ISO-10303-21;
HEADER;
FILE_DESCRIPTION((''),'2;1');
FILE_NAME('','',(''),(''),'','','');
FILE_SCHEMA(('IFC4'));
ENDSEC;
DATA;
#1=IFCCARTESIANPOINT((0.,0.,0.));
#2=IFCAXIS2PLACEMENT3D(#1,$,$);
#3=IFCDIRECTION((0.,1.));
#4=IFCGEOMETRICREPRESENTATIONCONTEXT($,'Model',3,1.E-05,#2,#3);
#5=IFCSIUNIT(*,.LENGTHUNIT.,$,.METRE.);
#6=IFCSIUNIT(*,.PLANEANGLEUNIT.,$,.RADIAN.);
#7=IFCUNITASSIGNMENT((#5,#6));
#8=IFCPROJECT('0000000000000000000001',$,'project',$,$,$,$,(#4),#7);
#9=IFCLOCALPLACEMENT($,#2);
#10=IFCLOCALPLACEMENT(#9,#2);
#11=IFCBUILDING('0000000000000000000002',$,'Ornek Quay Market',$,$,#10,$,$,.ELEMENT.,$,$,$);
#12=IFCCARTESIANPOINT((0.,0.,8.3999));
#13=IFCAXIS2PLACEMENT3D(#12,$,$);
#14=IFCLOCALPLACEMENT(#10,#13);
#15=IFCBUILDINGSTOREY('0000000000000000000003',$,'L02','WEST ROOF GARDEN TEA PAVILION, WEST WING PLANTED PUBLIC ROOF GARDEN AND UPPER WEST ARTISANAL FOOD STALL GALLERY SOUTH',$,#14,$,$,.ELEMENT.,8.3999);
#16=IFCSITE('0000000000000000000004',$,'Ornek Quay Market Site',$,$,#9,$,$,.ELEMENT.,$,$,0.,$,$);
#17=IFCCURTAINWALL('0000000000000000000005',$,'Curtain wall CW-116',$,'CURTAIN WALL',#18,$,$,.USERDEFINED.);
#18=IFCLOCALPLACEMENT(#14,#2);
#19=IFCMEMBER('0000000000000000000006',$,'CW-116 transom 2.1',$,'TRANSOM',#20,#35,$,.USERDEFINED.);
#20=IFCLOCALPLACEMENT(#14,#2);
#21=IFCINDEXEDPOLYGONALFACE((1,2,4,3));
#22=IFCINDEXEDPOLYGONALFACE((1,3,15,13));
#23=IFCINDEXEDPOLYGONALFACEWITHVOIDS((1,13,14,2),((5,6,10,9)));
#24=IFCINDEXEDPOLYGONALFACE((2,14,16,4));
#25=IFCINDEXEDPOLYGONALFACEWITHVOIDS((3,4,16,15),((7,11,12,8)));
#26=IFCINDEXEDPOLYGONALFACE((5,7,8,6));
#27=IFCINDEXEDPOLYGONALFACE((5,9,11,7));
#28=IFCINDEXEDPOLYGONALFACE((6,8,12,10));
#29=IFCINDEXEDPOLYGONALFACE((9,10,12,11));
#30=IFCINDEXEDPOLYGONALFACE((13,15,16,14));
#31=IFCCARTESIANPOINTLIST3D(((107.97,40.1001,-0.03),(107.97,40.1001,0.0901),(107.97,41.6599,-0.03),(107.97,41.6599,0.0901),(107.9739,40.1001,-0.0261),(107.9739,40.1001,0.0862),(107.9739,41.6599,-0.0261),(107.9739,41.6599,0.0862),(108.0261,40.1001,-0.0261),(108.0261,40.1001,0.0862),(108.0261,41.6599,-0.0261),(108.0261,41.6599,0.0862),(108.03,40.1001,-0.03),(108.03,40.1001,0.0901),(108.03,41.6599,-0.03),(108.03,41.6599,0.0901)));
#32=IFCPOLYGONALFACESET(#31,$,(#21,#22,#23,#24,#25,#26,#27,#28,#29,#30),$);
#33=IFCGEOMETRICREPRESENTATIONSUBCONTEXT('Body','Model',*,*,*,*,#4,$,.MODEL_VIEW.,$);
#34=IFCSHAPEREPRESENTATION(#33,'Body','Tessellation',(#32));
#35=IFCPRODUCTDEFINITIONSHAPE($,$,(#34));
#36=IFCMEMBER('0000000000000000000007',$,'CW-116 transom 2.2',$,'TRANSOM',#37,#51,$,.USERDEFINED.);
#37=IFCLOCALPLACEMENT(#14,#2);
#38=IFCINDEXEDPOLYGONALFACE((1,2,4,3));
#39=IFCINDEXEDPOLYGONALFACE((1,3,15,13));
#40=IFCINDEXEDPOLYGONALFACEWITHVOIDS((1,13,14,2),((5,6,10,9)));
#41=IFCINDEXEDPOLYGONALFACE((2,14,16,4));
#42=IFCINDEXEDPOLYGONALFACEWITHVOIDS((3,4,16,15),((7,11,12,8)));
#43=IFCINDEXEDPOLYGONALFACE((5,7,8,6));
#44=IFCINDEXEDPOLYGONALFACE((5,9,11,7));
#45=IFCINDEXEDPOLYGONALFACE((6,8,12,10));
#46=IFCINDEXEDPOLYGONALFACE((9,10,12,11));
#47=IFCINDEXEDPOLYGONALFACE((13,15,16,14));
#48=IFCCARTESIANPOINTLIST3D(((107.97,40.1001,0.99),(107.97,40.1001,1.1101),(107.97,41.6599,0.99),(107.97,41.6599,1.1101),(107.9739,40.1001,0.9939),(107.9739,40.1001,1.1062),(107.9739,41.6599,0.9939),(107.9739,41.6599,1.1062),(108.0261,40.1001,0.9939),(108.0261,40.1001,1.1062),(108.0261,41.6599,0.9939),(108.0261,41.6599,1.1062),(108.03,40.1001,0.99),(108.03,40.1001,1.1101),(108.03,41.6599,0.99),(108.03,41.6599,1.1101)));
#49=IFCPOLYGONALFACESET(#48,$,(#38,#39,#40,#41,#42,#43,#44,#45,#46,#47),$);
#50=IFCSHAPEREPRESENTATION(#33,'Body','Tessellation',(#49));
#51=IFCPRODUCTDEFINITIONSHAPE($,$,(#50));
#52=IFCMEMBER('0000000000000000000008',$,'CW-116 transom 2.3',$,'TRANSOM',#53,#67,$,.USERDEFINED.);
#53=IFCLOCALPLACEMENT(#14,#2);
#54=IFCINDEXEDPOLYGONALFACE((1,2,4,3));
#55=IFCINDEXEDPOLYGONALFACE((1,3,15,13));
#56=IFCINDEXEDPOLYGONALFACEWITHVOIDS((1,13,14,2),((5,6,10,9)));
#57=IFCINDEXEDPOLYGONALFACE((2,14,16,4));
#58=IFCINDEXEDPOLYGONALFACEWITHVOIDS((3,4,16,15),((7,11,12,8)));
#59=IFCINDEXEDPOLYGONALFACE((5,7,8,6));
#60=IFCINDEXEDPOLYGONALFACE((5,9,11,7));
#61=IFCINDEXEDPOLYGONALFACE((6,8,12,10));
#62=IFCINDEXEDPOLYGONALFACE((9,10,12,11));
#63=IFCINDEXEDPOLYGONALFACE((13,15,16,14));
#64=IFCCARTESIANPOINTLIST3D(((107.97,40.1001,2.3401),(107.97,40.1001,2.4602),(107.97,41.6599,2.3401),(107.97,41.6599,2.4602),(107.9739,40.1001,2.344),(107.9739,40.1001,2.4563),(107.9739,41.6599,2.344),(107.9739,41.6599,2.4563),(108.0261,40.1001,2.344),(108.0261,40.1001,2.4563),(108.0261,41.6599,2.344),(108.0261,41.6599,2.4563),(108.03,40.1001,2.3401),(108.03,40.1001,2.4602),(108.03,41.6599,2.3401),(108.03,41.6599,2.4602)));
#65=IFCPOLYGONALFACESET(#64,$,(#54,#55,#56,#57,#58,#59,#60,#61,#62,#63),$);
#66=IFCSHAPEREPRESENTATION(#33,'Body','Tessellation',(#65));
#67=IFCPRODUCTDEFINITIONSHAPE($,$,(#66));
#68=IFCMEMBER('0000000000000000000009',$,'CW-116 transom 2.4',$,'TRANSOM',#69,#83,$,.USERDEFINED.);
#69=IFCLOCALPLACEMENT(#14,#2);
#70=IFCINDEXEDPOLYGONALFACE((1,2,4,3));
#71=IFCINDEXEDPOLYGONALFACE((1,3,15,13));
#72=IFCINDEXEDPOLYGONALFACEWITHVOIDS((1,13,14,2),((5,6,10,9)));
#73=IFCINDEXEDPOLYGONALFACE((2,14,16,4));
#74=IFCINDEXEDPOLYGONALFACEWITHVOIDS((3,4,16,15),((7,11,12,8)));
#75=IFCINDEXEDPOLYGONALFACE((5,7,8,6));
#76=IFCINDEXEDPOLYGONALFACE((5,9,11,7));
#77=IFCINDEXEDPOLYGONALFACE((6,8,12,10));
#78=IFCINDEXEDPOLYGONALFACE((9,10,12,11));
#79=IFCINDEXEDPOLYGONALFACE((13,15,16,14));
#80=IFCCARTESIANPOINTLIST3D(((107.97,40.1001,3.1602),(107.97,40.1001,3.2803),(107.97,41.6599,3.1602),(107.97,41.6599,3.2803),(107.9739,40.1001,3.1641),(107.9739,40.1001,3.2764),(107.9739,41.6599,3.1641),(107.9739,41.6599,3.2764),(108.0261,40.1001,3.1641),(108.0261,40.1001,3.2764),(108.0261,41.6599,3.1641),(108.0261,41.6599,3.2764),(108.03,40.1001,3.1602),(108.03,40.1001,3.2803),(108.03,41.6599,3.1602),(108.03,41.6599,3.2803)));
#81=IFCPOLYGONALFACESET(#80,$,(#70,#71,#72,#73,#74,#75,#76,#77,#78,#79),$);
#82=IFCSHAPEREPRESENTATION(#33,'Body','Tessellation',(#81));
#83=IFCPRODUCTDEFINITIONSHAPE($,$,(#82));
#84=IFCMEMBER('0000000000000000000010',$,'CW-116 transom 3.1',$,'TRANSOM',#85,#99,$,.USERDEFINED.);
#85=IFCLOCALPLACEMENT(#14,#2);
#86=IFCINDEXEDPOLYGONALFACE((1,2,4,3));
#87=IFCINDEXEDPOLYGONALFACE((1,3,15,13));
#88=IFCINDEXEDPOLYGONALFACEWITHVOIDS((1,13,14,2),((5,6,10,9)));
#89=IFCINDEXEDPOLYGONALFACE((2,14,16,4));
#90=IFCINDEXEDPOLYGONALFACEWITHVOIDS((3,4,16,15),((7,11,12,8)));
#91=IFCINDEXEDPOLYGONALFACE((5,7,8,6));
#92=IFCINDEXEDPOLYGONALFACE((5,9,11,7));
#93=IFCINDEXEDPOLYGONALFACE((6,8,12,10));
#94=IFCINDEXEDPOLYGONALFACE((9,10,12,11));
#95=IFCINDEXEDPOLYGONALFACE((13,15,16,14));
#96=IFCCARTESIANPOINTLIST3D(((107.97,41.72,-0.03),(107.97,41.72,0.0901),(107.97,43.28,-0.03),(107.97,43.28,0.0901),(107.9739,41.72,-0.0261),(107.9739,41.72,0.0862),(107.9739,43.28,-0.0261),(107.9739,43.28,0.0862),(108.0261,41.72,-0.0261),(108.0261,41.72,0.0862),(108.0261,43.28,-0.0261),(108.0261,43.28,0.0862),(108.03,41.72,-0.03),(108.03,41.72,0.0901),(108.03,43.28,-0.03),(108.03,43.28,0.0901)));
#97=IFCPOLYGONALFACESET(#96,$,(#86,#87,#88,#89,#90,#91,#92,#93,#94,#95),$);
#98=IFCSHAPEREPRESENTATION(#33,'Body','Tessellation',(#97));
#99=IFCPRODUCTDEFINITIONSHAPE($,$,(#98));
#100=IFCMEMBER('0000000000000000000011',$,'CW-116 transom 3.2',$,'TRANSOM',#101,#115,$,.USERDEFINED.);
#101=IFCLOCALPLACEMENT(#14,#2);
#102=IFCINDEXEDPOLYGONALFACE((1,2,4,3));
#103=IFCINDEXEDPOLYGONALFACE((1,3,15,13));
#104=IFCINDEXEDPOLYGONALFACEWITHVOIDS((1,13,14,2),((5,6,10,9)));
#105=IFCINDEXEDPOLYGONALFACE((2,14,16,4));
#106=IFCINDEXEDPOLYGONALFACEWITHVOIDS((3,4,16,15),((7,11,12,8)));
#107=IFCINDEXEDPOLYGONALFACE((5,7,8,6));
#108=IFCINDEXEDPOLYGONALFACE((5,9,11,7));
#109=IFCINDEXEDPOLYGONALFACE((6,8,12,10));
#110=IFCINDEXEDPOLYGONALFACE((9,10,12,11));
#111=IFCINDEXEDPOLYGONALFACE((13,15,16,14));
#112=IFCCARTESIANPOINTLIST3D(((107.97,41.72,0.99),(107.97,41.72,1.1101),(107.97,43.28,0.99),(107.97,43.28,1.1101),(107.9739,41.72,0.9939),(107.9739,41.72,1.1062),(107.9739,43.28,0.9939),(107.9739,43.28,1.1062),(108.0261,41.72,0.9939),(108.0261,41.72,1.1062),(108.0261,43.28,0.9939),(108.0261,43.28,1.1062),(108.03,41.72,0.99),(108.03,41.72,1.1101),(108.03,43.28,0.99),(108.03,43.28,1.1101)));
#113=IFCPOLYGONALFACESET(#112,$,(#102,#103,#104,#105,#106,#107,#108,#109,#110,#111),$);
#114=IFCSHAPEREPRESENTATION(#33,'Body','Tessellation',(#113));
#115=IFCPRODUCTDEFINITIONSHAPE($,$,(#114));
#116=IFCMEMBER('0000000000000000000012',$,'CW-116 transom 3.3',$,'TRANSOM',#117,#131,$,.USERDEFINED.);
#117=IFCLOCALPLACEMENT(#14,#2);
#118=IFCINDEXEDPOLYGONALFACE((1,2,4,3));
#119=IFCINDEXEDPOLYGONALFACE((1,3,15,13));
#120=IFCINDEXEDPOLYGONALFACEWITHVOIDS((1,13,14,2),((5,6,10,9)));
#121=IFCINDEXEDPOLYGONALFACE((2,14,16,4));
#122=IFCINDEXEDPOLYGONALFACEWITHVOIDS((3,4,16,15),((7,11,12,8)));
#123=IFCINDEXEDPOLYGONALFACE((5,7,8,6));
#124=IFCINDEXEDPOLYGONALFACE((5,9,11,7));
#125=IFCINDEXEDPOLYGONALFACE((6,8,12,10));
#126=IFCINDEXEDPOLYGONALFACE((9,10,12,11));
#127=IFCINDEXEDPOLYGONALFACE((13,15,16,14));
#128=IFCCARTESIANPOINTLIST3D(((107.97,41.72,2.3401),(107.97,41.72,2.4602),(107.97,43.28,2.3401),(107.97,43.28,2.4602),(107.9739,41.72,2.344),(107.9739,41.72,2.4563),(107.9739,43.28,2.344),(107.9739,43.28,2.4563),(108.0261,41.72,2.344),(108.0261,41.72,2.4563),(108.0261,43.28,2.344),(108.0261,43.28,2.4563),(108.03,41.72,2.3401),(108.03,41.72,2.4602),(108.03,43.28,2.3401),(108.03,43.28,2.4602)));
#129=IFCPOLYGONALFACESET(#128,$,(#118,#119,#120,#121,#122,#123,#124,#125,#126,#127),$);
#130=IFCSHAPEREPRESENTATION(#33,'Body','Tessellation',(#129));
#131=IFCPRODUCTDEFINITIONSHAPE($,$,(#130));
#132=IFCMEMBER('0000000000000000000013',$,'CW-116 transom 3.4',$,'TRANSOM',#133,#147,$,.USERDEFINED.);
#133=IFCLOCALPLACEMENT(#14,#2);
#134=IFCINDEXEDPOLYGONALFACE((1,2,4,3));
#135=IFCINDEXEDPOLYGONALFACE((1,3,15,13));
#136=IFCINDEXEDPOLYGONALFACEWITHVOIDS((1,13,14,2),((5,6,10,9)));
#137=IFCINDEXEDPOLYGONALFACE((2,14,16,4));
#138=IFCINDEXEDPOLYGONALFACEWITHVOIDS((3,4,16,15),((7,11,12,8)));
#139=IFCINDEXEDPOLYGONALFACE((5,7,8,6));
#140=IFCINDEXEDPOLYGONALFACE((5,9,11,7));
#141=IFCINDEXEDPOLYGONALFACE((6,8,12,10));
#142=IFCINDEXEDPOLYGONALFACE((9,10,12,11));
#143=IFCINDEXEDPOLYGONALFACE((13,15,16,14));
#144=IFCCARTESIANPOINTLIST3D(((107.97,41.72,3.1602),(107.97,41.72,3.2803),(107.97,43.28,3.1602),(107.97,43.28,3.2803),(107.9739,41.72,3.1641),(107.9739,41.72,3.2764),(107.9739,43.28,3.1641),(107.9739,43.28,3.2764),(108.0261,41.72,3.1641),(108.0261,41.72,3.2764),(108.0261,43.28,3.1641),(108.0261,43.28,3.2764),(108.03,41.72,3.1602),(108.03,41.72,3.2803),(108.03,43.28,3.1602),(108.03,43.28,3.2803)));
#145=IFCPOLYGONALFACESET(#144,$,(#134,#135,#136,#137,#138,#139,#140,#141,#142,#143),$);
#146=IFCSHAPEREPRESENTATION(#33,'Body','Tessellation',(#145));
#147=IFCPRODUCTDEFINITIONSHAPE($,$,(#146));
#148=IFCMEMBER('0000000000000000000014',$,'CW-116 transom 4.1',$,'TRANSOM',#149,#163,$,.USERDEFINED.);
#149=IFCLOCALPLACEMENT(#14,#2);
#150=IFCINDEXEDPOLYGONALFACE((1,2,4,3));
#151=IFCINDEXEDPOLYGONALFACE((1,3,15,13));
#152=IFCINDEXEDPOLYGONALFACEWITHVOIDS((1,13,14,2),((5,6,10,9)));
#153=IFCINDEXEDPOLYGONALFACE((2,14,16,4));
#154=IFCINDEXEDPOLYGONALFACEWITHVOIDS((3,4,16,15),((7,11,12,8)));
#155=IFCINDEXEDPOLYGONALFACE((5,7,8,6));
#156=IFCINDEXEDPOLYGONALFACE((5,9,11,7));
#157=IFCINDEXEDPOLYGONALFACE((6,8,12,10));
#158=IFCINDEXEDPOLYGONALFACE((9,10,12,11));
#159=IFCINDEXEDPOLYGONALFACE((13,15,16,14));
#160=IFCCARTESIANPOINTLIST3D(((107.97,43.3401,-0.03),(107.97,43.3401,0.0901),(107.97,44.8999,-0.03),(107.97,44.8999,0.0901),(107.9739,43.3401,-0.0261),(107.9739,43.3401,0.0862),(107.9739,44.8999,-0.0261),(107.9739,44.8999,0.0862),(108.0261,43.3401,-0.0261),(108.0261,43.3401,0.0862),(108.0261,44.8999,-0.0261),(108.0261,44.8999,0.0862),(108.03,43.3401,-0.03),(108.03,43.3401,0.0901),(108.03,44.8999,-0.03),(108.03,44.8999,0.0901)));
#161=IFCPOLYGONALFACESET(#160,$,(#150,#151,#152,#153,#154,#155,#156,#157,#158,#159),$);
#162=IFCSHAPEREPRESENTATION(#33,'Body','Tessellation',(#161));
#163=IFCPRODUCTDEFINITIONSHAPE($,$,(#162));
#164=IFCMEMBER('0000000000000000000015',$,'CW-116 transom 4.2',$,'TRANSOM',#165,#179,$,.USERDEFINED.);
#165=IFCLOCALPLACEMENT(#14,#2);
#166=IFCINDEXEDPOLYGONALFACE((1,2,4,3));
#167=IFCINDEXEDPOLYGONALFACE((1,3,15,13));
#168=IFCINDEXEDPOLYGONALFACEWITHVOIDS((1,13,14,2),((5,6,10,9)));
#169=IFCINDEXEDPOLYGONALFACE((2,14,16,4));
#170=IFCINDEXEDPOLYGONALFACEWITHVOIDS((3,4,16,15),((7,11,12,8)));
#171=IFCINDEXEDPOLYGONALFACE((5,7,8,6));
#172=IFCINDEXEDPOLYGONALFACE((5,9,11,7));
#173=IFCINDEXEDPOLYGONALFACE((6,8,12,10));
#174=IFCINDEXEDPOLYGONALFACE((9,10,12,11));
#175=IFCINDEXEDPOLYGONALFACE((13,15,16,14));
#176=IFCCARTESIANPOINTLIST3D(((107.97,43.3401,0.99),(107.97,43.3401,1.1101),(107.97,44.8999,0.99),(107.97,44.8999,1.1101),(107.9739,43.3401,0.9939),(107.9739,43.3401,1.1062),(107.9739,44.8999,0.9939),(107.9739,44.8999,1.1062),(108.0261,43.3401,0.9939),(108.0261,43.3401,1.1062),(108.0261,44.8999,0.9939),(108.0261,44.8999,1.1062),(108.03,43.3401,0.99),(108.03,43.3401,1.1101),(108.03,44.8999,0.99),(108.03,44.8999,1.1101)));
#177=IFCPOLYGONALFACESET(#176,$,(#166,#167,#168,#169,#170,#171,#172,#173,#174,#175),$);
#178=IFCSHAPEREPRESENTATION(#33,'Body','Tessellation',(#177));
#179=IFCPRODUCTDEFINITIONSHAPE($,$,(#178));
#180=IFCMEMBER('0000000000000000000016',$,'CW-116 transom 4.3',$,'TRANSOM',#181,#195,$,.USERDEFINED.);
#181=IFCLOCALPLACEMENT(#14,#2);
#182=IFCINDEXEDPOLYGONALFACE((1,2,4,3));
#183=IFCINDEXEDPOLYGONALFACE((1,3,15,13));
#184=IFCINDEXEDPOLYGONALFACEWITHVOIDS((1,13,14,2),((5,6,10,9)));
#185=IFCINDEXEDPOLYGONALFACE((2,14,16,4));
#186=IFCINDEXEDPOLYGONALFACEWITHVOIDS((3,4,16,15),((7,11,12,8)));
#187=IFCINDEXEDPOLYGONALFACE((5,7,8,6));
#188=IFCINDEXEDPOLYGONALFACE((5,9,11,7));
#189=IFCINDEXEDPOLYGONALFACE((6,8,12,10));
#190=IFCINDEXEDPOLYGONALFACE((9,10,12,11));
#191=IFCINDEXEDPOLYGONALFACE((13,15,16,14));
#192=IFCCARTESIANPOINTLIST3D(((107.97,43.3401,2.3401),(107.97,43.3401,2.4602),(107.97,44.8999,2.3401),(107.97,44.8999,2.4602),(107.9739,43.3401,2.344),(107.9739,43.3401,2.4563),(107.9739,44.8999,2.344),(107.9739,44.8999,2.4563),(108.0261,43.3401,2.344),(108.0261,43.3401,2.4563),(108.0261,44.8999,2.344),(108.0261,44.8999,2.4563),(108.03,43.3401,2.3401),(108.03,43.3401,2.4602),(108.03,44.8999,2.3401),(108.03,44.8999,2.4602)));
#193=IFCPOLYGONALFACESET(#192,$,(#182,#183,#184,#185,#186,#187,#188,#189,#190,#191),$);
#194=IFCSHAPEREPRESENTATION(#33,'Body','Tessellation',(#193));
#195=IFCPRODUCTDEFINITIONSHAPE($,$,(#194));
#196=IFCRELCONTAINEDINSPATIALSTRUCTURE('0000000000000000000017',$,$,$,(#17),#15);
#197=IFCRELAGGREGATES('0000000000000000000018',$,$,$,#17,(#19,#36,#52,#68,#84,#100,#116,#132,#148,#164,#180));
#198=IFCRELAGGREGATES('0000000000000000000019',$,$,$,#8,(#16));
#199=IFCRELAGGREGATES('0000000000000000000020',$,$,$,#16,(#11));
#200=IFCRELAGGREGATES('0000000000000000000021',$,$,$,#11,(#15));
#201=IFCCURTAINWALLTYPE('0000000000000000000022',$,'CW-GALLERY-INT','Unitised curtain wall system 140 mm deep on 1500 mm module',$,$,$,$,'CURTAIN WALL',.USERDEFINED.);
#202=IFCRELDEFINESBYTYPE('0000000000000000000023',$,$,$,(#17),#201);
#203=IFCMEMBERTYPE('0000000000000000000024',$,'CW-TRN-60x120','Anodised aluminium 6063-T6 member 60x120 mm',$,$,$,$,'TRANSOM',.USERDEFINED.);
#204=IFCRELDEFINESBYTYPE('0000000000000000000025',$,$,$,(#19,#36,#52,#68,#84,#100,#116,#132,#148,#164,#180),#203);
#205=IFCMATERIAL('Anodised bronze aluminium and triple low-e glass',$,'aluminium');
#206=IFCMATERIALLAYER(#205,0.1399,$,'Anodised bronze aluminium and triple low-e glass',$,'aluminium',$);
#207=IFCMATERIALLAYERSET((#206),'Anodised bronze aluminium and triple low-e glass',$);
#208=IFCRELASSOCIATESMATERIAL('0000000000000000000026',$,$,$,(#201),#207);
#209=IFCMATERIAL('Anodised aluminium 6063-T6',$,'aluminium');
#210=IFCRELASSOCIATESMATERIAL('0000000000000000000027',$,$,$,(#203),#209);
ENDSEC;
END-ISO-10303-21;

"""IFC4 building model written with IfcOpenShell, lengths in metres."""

from ifc_helpers import new_model, si_unit, direction, frame, origin, origin_2d, place, context, subcontext, project, spatial, hollow_rectangle, extrude, material, layer, layer_set, material_profile, profile_set, type_object, element, aggregate, save


model = new_model("IFC4")

# Units and contexts
model_context = context("Model", 3, precision=1e-05, world=origin(), true_north=direction((0.0, 1.0)))
body_context = subcontext(model_context, "Body", "Model", "MODEL_VIEW")
ifc_project = project(units=[si_unit("LENGTHUNIT", "METRE"), si_unit("PLANEANGLEUNIT", "RADIAN")], contexts=[model_context])

# Site, building, storey
site_placement = place(None, origin())
site = spatial("IfcSite", under=ifc_project, at=site_placement, Name="Ornek Quay Market Site", CompositionType="ELEMENT", RefElevation=0.0)
building_placement = place(site_placement, origin())
building = spatial("IfcBuilding", under=site, at=building_placement, Name="Ornek Quay Market", CompositionType="ELEMENT")
storey_placement = place(building_placement, frame((0.0, 0.0, 8.3999)))
storey = spatial("IfcBuildingStorey", under=building, at=storey_placement, Name="L02", Description="WEST ROOF GARDEN TEA PAVILION, WEST WING PLANTED PUBLIC ROOF GARDEN AND UPPER WEST ARTISANAL FOOD STALL GALLERY SOUTH", CompositionType="ELEMENT", Elevation=8.3999)

# Shared definitions
ifc_material_1 = material(Name="Anodised bronze aluminium and triple low-e glass", Category="aluminium")
ifc_layer_1 = layer(ifc_material_1, 0.1399, Name="Anodised bronze aluminium and triple low-e glass", Category="aluminium")
ifc_layer_set_1 = layer_set([ifc_layer_1], Name="Anodised bronze aluminium and triple low-e glass")
curtain_wall_type = type_object("IfcCurtainWallType", Name="CW-GALLERY-INT", Description="Unitised curtain wall system 140 mm deep on 1500 mm module", ElementType="CURTAIN WALL", PredefinedType="USERDEFINED", material=ifc_layer_set_1)
ifc_material_2 = material(Name="Anodised aluminium 6063-T6", Category="aluminium")

# Curtain wall
curtain_wall_1_placement = place(storey_placement, origin())
curtain_wall_1 = element("IfcCurtainWall", 1, at=curtain_wall_1_placement, inside=storey, type_object=curtain_wall_type, Name="Curtain wall CW-116", ObjectType="CURTAIN WALL", PredefinedType="USERDEFINED")

# Members
ifc_material_profile_1 = material_profile(ifc_material_2, hollow_rectangle(XDim=0.0601, YDim=0.1201, WallThickness=0.0039, at=origin_2d()), Name="CW-TRN-60x120", Category="aluminium")
ifc_profile_set_1 = profile_set([ifc_material_profile_1], Name="Anodised aluminium 6063-T6")
member_type_1 = type_object("IfcMemberType", Name="CW-TRN-60x120", Description="Anodised aluminium 6063-T6 member 60x120 mm", ElementType="TRANSOM", PredefinedType="USERDEFINED", material=ifc_profile_set_1)
member_1_placement = place(storey_placement, frame((108.0, 40.1001, 0.03), z_axis=(0.0, 1.0, 0.0), x_axis=(-1.0, 0.0, 0.0)))
member_1 = element("IfcMember", 2, at=member_1_placement, type_object=member_type_1, Name="CW-116 transom 2.1", ObjectType="TRANSOM", PredefinedType="USERDEFINED", context=body_context, shape_type="SweptSolid", body=[
    extrude(hollow_rectangle(XDim=0.0601, YDim=0.1201, WallThickness=0.0039, at=origin_2d()), origin(), (0.0, 0.0, 1.0), 1.5598),
])
member_2_placement = place(storey_placement, frame((108.0, 40.1001, 1.05), z_axis=(0.0, 1.0, 0.0), x_axis=(-1.0, 0.0, 0.0)))
member_2 = element("IfcMember", 3, at=member_2_placement, type_object=member_type_1, Name="CW-116 transom 2.2", ObjectType="TRANSOM", PredefinedType="USERDEFINED", context=body_context, shape_type="SweptSolid", body=[
    extrude(hollow_rectangle(XDim=0.0601, YDim=0.1201, WallThickness=0.0039, at=origin_2d()), origin(), (0.0, 0.0, 1.0), 1.5598),
])
member_3_placement = place(storey_placement, frame((108.0, 40.1001, 2.4001), z_axis=(0.0, 1.0, 0.0), x_axis=(-1.0, 0.0, 0.0)))
member_3 = element("IfcMember", 4, at=member_3_placement, type_object=member_type_1, Name="CW-116 transom 2.3", ObjectType="TRANSOM", PredefinedType="USERDEFINED", context=body_context, shape_type="SweptSolid", body=[
    extrude(hollow_rectangle(XDim=0.0601, YDim=0.1201, WallThickness=0.0039, at=origin_2d()), origin(), (0.0, 0.0, 1.0), 1.5598),
])
member_4_placement = place(storey_placement, frame((108.0, 40.1001, 3.2202), z_axis=(0.0, 1.0, 0.0), x_axis=(-1.0, 0.0, 0.0)))
member_4 = element("IfcMember", 5, at=member_4_placement, type_object=member_type_1, Name="CW-116 transom 2.4", ObjectType="TRANSOM", PredefinedType="USERDEFINED", context=body_context, shape_type="SweptSolid", body=[
    extrude(hollow_rectangle(XDim=0.0601, YDim=0.1201, WallThickness=0.0039, at=origin_2d()), origin(), (0.0, 0.0, 1.0), 1.5598),
])
member_5_placement = place(storey_placement, frame((108.0, 41.72, 0.03), z_axis=(0.0, 1.0, 0.0), x_axis=(-1.0, 0.0, 0.0)))
member_5 = element("IfcMember", 6, at=member_5_placement, type_object=member_type_1, Name="CW-116 transom 3.1", ObjectType="TRANSOM", PredefinedType="USERDEFINED", context=body_context, shape_type="SweptSolid", body=[
    extrude(hollow_rectangle(XDim=0.0601, YDim=0.1201, WallThickness=0.0039, at=origin_2d()), origin(), (0.0, 0.0, 1.0), 1.5601),
])
member_6_placement = place(storey_placement, frame((108.0, 41.72, 1.05), z_axis=(0.0, 1.0, 0.0), x_axis=(-1.0, 0.0, 0.0)))
member_6 = element("IfcMember", 7, at=member_6_placement, type_object=member_type_1, Name="CW-116 transom 3.2", ObjectType="TRANSOM", PredefinedType="USERDEFINED", context=body_context, shape_type="SweptSolid", body=[
    extrude(hollow_rectangle(XDim=0.0601, YDim=0.1201, WallThickness=0.0039, at=origin_2d()), origin(), (0.0, 0.0, 1.0), 1.5601),
])
member_7_placement = place(storey_placement, frame((108.0, 41.72, 2.4001), z_axis=(0.0, 1.0, 0.0), x_axis=(-1.0, 0.0, 0.0)))
member_7 = element("IfcMember", 8, at=member_7_placement, type_object=member_type_1, Name="CW-116 transom 3.3", ObjectType="TRANSOM", PredefinedType="USERDEFINED", context=body_context, shape_type="SweptSolid", body=[
    extrude(hollow_rectangle(XDim=0.0601, YDim=0.1201, WallThickness=0.0039, at=origin_2d()), origin(), (0.0, 0.0, 1.0), 1.5601),
])
member_8_placement = place(storey_placement, frame((108.0, 41.72, 3.2202), z_axis=(0.0, 1.0, 0.0), x_axis=(-1.0, 0.0, 0.0)))
member_8 = element("IfcMember", 9, at=member_8_placement, type_object=member_type_1, Name="CW-116 transom 3.4", ObjectType="TRANSOM", PredefinedType="USERDEFINED", context=body_context, shape_type="SweptSolid", body=[
    extrude(hollow_rectangle(XDim=0.0601, YDim=0.1201, WallThickness=0.0039, at=origin_2d()), origin(), (0.0, 0.0, 1.0), 1.5601),
])
member_9_placement = place(storey_placement, frame((108.0, 43.3401, 0.03), z_axis=(0.0, 1.0, 0.0), x_axis=(-1.0, 0.0, 0.0)))
member_9 = element("IfcMember", 10, at=member_9_placement, type_object=member_type_1, Name="CW-116 transom 4.1", ObjectType="TRANSOM", PredefinedType="USERDEFINED", context=body_context, shape_type="SweptSolid", body=[
    extrude(hollow_rectangle(XDim=0.0601, YDim=0.1201, WallThickness=0.0039, at=origin_2d()), origin(), (0.0, 0.0, 1.0), 1.5598),
])
member_10_placement = place(storey_placement, frame((108.0, 43.3401, 1.05), z_axis=(0.0, 1.0, 0.0), x_axis=(-1.0, 0.0, 0.0)))
member_10 = element("IfcMember", 11, at=member_10_placement, type_object=member_type_1, Name="CW-116 transom 4.2", ObjectType="TRANSOM", PredefinedType="USERDEFINED", context=body_context, shape_type="SweptSolid", body=[
    extrude(hollow_rectangle(XDim=0.0601, YDim=0.1201, WallThickness=0.0039, at=origin_2d()), origin(), (0.0, 0.0, 1.0), 1.5598),
])
member_11_placement = place(storey_placement, frame((108.0, 43.3401, 2.4001), z_axis=(0.0, 1.0, 0.0), x_axis=(-1.0, 0.0, 0.0)))
member_11 = element("IfcMember", 12, at=member_11_placement, type_object=member_type_1, Name="CW-116 transom 4.3", ObjectType="TRANSOM", PredefinedType="USERDEFINED", context=body_context, shape_type="SweptSolid", body=[
    extrude(hollow_rectangle(XDim=0.0601, YDim=0.1201, WallThickness=0.0039, at=origin_2d()), origin(), (0.0, 0.0, 1.0), 1.5598),
])

aggregate(curtain_wall_1, [member_1, member_2, member_3, member_4, member_5, member_6, member_7, member_8, member_9, member_10, member_11])

save(model, "model.ifc")
